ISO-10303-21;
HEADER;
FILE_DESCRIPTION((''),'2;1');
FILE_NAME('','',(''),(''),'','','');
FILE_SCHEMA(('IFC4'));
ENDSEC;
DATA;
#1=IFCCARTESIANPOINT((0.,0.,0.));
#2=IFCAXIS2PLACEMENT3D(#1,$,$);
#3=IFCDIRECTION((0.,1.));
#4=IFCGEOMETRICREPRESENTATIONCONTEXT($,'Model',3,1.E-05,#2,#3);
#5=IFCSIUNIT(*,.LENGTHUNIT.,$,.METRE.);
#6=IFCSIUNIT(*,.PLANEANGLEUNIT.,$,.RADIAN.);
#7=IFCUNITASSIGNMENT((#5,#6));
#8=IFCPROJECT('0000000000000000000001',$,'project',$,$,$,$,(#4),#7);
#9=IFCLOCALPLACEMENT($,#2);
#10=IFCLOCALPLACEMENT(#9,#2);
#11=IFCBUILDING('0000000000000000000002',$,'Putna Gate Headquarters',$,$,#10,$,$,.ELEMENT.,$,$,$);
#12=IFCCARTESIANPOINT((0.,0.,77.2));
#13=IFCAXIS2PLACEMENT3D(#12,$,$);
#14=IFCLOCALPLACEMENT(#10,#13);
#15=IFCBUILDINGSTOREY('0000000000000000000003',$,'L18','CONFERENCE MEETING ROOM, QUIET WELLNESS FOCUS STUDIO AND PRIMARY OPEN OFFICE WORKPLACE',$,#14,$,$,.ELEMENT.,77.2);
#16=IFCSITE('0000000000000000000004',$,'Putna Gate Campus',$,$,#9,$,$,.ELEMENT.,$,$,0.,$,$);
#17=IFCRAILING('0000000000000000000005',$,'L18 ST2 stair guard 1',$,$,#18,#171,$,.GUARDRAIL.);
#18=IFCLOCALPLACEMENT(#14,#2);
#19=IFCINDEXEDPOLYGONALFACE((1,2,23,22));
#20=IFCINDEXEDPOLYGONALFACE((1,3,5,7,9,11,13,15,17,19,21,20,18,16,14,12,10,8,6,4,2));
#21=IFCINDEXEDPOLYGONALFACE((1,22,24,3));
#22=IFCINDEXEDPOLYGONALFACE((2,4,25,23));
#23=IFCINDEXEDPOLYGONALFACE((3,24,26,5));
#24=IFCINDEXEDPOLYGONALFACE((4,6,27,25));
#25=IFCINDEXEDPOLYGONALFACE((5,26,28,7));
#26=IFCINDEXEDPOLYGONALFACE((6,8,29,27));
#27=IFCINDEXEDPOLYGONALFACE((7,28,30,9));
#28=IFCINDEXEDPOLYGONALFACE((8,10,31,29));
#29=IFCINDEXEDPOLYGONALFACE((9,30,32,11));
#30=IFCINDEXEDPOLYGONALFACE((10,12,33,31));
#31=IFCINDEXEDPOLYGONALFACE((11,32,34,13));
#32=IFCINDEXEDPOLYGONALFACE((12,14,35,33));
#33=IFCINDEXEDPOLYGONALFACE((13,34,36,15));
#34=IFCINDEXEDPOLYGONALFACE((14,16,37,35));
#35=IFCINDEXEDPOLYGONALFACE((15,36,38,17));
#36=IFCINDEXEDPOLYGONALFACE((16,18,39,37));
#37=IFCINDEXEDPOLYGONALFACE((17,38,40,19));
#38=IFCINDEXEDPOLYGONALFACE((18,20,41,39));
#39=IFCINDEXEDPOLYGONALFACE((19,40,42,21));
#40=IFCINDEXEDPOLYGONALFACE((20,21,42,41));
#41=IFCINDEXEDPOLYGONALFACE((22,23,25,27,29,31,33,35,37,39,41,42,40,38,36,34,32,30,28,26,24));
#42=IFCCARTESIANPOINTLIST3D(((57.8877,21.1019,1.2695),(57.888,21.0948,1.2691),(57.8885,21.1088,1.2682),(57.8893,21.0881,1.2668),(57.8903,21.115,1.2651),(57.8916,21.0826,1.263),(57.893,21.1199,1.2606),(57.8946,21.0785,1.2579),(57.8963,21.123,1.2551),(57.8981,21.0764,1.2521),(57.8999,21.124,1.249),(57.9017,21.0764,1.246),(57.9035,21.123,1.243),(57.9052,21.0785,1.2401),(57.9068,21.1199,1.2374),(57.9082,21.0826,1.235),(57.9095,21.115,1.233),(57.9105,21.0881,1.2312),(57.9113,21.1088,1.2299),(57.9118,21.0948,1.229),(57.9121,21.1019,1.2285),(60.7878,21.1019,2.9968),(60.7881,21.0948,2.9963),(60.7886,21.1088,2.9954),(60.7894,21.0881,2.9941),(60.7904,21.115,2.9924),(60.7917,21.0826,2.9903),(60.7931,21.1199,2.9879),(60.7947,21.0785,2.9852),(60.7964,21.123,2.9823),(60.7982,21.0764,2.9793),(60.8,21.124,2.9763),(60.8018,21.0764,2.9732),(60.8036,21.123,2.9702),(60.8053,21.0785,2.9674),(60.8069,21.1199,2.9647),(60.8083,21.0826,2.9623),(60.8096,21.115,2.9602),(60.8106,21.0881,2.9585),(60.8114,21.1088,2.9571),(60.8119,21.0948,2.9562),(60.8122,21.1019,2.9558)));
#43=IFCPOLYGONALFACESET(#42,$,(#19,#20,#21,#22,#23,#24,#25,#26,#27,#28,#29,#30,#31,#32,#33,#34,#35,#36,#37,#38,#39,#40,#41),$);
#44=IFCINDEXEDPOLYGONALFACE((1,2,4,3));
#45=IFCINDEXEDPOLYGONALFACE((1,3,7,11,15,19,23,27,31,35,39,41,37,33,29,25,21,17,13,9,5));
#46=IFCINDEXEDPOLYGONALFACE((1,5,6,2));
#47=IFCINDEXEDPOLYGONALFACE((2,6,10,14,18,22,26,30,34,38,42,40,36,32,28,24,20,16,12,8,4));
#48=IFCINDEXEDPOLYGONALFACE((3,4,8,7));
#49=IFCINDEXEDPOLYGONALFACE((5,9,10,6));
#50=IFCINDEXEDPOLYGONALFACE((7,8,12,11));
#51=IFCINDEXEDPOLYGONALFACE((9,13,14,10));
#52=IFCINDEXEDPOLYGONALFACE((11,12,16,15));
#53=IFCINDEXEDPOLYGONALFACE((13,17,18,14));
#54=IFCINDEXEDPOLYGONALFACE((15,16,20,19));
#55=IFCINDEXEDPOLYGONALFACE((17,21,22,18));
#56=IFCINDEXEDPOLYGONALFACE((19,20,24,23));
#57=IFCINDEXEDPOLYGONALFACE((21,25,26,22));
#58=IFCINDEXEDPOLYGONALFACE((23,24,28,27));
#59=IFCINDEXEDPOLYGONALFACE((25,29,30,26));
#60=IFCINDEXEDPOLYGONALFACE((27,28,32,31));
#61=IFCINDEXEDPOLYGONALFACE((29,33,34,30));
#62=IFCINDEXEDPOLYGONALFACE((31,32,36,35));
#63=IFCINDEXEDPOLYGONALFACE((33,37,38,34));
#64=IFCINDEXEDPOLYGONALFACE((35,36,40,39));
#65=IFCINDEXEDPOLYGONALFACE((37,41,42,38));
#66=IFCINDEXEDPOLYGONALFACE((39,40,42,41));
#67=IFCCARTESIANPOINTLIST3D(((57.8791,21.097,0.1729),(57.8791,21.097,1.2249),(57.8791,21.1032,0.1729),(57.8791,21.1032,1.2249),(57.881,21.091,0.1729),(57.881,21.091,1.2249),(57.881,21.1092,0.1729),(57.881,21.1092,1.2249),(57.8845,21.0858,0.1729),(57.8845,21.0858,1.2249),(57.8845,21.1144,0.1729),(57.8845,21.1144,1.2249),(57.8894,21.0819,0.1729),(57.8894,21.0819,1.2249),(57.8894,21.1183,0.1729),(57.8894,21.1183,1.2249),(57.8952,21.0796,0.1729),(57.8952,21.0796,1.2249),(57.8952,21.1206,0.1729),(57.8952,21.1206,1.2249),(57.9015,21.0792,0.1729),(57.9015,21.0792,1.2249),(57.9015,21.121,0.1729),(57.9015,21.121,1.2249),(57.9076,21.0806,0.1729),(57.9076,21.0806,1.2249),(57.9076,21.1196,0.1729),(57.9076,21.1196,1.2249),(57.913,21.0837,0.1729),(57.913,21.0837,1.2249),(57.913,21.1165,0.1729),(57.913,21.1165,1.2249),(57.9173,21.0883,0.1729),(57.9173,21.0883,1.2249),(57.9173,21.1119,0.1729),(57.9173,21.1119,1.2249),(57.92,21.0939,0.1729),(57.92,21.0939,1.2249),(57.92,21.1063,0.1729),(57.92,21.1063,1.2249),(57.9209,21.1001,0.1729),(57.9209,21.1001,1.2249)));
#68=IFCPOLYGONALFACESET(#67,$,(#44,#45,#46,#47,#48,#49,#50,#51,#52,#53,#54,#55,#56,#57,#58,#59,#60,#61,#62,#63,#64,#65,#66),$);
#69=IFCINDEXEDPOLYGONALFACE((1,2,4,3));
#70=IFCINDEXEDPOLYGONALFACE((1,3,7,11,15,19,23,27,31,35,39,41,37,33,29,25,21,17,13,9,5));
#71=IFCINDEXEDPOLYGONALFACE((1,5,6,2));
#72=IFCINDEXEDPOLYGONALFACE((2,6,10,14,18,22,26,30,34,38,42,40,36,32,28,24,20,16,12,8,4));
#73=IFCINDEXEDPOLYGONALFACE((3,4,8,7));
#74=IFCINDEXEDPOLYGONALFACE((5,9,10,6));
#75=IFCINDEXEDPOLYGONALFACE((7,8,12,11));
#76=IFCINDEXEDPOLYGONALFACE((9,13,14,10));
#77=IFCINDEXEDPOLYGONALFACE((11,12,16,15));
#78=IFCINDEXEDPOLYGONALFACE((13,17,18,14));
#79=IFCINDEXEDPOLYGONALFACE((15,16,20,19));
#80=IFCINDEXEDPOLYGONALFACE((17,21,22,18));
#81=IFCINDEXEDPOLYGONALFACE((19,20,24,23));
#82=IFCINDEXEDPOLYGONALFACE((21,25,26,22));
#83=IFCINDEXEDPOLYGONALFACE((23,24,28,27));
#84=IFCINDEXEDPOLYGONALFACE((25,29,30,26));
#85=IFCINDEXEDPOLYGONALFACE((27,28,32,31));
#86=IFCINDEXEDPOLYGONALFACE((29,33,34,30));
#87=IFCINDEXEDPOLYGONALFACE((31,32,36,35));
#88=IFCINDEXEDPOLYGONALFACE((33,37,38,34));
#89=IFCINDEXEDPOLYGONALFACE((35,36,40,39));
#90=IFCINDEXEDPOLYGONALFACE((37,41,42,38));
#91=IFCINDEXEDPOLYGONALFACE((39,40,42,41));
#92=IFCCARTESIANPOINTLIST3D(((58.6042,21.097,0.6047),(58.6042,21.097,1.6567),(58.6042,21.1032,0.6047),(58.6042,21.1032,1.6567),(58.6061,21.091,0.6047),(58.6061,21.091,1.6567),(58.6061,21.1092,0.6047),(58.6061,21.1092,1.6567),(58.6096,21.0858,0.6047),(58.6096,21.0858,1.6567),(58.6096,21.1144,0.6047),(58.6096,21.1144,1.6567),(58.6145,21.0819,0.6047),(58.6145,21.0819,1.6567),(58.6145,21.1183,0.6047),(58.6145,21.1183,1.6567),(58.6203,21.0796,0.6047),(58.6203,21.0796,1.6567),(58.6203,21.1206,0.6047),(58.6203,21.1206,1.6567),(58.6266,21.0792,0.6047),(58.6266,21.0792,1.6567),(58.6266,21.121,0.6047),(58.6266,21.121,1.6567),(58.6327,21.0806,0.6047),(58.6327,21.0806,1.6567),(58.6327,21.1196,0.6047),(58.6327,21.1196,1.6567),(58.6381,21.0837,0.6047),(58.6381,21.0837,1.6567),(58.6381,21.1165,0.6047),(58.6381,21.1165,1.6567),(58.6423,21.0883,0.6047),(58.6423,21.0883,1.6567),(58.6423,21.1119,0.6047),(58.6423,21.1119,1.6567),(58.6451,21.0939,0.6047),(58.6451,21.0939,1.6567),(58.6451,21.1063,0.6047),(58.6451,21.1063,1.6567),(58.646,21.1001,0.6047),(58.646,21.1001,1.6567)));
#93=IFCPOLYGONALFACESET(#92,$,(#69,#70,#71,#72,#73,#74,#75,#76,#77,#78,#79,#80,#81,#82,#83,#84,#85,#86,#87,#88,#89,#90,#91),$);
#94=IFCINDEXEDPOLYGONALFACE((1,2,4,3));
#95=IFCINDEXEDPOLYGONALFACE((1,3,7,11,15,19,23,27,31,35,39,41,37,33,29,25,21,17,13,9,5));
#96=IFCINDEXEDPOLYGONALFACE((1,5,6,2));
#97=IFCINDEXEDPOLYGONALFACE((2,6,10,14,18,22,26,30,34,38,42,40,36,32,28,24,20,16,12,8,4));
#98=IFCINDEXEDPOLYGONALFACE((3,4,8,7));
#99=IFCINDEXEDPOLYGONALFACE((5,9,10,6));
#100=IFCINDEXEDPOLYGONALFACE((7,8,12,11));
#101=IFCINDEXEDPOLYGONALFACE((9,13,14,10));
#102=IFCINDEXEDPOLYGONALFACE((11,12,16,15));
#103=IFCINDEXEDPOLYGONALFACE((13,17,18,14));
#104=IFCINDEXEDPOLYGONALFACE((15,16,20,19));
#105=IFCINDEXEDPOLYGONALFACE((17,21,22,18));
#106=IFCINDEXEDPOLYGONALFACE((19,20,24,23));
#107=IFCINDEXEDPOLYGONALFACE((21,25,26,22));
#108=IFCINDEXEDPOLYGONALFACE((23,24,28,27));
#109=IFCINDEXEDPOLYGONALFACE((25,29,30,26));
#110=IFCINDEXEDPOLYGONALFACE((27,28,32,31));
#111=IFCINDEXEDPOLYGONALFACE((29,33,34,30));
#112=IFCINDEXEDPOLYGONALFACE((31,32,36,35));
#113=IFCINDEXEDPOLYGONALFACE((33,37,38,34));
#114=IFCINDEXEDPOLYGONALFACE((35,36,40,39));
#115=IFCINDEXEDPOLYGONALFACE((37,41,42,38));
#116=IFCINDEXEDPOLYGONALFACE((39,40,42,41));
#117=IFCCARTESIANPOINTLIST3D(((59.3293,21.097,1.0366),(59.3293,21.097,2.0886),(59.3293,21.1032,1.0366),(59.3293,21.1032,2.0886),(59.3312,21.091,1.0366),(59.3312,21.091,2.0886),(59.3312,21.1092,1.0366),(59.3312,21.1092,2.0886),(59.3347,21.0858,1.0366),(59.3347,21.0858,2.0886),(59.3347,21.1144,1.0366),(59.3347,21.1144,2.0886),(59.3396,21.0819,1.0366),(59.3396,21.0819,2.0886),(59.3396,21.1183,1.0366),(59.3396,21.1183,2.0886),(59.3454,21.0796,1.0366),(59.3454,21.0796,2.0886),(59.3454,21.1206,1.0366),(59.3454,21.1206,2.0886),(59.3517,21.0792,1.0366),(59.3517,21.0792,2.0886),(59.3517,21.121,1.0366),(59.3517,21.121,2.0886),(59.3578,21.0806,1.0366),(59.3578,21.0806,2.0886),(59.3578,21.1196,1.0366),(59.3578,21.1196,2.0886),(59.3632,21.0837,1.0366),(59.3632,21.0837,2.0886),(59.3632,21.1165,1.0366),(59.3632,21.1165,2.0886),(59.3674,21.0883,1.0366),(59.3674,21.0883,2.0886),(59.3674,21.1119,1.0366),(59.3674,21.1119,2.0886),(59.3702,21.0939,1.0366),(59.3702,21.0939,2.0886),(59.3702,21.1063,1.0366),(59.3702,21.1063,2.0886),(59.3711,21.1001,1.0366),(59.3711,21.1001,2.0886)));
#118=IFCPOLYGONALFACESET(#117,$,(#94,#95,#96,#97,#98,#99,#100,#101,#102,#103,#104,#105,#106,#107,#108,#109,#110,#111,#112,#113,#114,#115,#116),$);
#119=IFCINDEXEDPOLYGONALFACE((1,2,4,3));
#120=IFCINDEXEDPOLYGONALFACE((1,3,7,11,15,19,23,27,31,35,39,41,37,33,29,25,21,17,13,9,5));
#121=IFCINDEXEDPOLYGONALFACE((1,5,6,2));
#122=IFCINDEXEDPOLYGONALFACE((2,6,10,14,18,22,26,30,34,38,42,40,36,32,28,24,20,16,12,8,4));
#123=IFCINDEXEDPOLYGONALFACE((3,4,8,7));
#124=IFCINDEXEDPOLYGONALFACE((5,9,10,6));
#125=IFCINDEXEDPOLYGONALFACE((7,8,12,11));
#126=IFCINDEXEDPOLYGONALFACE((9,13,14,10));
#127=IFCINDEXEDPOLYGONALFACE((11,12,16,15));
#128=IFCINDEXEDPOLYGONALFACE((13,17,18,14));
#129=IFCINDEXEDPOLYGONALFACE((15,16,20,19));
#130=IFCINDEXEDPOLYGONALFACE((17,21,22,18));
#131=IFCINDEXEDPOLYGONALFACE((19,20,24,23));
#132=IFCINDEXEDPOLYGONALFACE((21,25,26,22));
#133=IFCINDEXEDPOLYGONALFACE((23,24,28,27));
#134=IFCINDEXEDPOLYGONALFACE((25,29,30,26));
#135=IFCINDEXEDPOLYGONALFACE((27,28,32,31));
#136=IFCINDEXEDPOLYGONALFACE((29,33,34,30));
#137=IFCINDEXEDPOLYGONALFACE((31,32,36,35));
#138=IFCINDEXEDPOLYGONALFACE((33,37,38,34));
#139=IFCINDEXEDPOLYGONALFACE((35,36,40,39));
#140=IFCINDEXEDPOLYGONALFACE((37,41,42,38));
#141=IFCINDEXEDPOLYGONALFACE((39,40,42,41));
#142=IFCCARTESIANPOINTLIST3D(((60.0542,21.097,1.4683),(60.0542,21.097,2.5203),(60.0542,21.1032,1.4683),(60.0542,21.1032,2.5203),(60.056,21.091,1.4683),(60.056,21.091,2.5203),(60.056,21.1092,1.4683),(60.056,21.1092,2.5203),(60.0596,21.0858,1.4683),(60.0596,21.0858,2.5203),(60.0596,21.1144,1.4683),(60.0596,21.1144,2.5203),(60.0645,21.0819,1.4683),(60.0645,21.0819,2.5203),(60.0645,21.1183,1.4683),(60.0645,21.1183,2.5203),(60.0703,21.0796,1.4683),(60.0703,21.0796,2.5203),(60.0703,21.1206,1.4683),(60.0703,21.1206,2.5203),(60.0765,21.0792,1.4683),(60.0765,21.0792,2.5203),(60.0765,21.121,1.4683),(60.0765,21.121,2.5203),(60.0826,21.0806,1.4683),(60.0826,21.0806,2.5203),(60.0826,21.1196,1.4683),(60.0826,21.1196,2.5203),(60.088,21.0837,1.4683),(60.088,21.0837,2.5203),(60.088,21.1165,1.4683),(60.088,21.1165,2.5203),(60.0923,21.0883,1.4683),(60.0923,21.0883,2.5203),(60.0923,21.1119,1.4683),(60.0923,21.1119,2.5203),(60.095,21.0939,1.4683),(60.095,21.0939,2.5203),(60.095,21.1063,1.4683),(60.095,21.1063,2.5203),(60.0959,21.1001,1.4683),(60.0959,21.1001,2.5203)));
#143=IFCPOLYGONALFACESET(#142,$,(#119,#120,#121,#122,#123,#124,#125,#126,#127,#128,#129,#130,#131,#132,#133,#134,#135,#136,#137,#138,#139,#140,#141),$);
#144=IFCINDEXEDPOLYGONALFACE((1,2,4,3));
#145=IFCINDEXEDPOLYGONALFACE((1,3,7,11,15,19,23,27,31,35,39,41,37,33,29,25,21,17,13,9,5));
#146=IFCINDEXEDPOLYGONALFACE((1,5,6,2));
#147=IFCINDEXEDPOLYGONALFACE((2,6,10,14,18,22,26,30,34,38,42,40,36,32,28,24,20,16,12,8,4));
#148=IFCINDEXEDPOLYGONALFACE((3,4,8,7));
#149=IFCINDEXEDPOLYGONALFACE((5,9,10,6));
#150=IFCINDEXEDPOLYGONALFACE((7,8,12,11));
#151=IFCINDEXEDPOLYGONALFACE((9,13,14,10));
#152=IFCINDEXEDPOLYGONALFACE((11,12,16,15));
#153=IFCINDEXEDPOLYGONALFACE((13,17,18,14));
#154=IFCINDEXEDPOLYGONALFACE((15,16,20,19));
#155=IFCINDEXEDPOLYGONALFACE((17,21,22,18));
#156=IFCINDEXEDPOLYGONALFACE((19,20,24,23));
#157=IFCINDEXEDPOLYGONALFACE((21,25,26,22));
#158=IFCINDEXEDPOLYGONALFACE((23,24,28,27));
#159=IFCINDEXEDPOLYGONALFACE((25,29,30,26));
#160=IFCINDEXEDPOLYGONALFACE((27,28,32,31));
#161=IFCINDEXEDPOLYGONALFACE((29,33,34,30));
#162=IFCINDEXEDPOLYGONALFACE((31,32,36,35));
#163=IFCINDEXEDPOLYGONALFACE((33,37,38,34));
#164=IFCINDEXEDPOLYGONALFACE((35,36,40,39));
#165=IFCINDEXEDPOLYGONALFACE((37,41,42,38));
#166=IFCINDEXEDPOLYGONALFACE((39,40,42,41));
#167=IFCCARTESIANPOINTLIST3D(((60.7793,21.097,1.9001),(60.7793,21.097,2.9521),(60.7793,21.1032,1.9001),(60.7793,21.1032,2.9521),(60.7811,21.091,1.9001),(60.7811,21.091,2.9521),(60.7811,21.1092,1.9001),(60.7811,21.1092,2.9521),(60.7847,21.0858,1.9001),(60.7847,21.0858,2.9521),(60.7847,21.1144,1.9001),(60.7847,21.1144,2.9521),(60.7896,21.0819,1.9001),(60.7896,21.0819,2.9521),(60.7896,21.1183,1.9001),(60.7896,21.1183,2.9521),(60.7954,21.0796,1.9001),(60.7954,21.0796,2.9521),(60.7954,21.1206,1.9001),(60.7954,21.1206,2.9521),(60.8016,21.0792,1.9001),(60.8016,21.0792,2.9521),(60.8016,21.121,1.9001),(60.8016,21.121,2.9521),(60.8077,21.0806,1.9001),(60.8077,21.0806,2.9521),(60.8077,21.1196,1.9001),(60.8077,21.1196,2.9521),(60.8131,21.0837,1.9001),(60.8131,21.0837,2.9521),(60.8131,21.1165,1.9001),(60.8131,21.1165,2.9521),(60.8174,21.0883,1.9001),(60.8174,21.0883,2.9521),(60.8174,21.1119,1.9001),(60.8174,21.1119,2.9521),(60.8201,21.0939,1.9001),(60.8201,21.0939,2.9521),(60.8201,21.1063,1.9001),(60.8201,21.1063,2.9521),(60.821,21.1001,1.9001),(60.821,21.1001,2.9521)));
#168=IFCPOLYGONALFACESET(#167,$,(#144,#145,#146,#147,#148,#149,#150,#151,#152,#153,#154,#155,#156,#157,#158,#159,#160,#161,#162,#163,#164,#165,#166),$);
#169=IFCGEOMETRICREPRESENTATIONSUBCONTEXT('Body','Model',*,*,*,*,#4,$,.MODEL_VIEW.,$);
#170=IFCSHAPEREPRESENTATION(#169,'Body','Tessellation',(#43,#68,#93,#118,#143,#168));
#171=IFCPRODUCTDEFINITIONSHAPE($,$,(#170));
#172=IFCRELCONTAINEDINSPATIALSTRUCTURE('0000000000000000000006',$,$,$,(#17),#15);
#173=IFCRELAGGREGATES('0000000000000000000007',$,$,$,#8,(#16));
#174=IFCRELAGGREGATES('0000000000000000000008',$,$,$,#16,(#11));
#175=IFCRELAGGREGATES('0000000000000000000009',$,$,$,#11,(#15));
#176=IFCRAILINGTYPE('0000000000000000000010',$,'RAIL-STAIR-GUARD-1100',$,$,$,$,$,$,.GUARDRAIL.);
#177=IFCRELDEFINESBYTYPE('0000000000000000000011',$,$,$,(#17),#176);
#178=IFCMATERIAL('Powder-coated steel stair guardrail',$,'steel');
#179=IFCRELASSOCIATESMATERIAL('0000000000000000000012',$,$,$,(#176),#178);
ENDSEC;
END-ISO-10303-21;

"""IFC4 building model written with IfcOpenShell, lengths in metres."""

from ifc_helpers import new_model, si_unit, direction, frame, origin, origin_2d, place, context, subcontext, project, spatial, circle, extrude, material, type_object, element, save


model = new_model("IFC4")

# Units and contexts
model_context = context("Model", 3, precision=1e-05, world=origin(), true_north=direction((0.0, 1.0)))
body_context = subcontext(model_context, "Body", "Model", "MODEL_VIEW")
ifc_project = project(units=[si_unit("LENGTHUNIT", "METRE"), si_unit("PLANEANGLEUNIT", "RADIAN")], contexts=[model_context])

# Site, building, storey
site_placement = place(None, origin())
site = spatial("IfcSite", under=ifc_project, at=site_placement, Name="Putna Gate Campus", CompositionType="ELEMENT", RefElevation=0.0)
building_placement = place(site_placement, origin())
building = spatial("IfcBuilding", under=site, at=building_placement, Name="Putna Gate Headquarters", CompositionType="ELEMENT")
storey_placement = place(building_placement, frame((0.0, 0.0, 77.2)))
storey = spatial("IfcBuildingStorey", under=building, at=storey_placement, Name="L18", Description="CONFERENCE MEETING ROOM, QUIET WELLNESS FOCUS STUDIO AND PRIMARY OPEN OFFICE WORKPLACE", CompositionType="ELEMENT", Elevation=77.2)

# Railing
ifc_material_1 = material(Name="Powder-coated steel stair guardrail", Category="steel")
railing_type_1 = type_object("IfcRailingType", Name="RAIL-STAIR-GUARD-1100", PredefinedType="GUARDRAIL", material=ifc_material_1)
railing_1_placement = place(storey_placement, frame((57.8999, 21.1001, 0.1729)))
element("IfcRailing", 1, at=railing_1_placement, inside=storey, type_object=railing_type_1, Name="L18 ST2 stair guard 1", PredefinedType="GUARDRAIL", context=body_context, shape_type="SweptSolid", body=[
    extrude(circle(Radius=0.0239, at=origin_2d()), frame((0.0, 0.0, 1.0762), z_axis=(0.85916, 0.0, 0.511706), x_axis=(0.0, 1.0, 0.0)), (0.0, 0.0, 1.0), 3.3755),
    extrude(circle(Radius=0.021, at=origin_2d()), origin(), (0.0, 0.0, 1.0), 1.052),
    extrude(circle(Radius=0.021, at=origin_2d()), frame((0.7251, 0.0, 0.4319)), (0.0, 0.0, 1.0), 1.052),
    extrude(circle(Radius=0.021, at=origin_2d()), frame((1.4502, 0.0, 0.8638)), (0.0, 0.0, 1.0), 1.052),
    extrude(circle(Radius=0.021, at=origin_2d()), frame((2.175, 0.0, 1.2954)), (0.0, 0.0, 1.0), 1.052),
    extrude(circle(Radius=0.021, at=origin_2d()), frame((2.9001, 0.0, 1.7273)), (0.0, 0.0, 1.0), 1.052),
])

save(model, "model.ifc")
